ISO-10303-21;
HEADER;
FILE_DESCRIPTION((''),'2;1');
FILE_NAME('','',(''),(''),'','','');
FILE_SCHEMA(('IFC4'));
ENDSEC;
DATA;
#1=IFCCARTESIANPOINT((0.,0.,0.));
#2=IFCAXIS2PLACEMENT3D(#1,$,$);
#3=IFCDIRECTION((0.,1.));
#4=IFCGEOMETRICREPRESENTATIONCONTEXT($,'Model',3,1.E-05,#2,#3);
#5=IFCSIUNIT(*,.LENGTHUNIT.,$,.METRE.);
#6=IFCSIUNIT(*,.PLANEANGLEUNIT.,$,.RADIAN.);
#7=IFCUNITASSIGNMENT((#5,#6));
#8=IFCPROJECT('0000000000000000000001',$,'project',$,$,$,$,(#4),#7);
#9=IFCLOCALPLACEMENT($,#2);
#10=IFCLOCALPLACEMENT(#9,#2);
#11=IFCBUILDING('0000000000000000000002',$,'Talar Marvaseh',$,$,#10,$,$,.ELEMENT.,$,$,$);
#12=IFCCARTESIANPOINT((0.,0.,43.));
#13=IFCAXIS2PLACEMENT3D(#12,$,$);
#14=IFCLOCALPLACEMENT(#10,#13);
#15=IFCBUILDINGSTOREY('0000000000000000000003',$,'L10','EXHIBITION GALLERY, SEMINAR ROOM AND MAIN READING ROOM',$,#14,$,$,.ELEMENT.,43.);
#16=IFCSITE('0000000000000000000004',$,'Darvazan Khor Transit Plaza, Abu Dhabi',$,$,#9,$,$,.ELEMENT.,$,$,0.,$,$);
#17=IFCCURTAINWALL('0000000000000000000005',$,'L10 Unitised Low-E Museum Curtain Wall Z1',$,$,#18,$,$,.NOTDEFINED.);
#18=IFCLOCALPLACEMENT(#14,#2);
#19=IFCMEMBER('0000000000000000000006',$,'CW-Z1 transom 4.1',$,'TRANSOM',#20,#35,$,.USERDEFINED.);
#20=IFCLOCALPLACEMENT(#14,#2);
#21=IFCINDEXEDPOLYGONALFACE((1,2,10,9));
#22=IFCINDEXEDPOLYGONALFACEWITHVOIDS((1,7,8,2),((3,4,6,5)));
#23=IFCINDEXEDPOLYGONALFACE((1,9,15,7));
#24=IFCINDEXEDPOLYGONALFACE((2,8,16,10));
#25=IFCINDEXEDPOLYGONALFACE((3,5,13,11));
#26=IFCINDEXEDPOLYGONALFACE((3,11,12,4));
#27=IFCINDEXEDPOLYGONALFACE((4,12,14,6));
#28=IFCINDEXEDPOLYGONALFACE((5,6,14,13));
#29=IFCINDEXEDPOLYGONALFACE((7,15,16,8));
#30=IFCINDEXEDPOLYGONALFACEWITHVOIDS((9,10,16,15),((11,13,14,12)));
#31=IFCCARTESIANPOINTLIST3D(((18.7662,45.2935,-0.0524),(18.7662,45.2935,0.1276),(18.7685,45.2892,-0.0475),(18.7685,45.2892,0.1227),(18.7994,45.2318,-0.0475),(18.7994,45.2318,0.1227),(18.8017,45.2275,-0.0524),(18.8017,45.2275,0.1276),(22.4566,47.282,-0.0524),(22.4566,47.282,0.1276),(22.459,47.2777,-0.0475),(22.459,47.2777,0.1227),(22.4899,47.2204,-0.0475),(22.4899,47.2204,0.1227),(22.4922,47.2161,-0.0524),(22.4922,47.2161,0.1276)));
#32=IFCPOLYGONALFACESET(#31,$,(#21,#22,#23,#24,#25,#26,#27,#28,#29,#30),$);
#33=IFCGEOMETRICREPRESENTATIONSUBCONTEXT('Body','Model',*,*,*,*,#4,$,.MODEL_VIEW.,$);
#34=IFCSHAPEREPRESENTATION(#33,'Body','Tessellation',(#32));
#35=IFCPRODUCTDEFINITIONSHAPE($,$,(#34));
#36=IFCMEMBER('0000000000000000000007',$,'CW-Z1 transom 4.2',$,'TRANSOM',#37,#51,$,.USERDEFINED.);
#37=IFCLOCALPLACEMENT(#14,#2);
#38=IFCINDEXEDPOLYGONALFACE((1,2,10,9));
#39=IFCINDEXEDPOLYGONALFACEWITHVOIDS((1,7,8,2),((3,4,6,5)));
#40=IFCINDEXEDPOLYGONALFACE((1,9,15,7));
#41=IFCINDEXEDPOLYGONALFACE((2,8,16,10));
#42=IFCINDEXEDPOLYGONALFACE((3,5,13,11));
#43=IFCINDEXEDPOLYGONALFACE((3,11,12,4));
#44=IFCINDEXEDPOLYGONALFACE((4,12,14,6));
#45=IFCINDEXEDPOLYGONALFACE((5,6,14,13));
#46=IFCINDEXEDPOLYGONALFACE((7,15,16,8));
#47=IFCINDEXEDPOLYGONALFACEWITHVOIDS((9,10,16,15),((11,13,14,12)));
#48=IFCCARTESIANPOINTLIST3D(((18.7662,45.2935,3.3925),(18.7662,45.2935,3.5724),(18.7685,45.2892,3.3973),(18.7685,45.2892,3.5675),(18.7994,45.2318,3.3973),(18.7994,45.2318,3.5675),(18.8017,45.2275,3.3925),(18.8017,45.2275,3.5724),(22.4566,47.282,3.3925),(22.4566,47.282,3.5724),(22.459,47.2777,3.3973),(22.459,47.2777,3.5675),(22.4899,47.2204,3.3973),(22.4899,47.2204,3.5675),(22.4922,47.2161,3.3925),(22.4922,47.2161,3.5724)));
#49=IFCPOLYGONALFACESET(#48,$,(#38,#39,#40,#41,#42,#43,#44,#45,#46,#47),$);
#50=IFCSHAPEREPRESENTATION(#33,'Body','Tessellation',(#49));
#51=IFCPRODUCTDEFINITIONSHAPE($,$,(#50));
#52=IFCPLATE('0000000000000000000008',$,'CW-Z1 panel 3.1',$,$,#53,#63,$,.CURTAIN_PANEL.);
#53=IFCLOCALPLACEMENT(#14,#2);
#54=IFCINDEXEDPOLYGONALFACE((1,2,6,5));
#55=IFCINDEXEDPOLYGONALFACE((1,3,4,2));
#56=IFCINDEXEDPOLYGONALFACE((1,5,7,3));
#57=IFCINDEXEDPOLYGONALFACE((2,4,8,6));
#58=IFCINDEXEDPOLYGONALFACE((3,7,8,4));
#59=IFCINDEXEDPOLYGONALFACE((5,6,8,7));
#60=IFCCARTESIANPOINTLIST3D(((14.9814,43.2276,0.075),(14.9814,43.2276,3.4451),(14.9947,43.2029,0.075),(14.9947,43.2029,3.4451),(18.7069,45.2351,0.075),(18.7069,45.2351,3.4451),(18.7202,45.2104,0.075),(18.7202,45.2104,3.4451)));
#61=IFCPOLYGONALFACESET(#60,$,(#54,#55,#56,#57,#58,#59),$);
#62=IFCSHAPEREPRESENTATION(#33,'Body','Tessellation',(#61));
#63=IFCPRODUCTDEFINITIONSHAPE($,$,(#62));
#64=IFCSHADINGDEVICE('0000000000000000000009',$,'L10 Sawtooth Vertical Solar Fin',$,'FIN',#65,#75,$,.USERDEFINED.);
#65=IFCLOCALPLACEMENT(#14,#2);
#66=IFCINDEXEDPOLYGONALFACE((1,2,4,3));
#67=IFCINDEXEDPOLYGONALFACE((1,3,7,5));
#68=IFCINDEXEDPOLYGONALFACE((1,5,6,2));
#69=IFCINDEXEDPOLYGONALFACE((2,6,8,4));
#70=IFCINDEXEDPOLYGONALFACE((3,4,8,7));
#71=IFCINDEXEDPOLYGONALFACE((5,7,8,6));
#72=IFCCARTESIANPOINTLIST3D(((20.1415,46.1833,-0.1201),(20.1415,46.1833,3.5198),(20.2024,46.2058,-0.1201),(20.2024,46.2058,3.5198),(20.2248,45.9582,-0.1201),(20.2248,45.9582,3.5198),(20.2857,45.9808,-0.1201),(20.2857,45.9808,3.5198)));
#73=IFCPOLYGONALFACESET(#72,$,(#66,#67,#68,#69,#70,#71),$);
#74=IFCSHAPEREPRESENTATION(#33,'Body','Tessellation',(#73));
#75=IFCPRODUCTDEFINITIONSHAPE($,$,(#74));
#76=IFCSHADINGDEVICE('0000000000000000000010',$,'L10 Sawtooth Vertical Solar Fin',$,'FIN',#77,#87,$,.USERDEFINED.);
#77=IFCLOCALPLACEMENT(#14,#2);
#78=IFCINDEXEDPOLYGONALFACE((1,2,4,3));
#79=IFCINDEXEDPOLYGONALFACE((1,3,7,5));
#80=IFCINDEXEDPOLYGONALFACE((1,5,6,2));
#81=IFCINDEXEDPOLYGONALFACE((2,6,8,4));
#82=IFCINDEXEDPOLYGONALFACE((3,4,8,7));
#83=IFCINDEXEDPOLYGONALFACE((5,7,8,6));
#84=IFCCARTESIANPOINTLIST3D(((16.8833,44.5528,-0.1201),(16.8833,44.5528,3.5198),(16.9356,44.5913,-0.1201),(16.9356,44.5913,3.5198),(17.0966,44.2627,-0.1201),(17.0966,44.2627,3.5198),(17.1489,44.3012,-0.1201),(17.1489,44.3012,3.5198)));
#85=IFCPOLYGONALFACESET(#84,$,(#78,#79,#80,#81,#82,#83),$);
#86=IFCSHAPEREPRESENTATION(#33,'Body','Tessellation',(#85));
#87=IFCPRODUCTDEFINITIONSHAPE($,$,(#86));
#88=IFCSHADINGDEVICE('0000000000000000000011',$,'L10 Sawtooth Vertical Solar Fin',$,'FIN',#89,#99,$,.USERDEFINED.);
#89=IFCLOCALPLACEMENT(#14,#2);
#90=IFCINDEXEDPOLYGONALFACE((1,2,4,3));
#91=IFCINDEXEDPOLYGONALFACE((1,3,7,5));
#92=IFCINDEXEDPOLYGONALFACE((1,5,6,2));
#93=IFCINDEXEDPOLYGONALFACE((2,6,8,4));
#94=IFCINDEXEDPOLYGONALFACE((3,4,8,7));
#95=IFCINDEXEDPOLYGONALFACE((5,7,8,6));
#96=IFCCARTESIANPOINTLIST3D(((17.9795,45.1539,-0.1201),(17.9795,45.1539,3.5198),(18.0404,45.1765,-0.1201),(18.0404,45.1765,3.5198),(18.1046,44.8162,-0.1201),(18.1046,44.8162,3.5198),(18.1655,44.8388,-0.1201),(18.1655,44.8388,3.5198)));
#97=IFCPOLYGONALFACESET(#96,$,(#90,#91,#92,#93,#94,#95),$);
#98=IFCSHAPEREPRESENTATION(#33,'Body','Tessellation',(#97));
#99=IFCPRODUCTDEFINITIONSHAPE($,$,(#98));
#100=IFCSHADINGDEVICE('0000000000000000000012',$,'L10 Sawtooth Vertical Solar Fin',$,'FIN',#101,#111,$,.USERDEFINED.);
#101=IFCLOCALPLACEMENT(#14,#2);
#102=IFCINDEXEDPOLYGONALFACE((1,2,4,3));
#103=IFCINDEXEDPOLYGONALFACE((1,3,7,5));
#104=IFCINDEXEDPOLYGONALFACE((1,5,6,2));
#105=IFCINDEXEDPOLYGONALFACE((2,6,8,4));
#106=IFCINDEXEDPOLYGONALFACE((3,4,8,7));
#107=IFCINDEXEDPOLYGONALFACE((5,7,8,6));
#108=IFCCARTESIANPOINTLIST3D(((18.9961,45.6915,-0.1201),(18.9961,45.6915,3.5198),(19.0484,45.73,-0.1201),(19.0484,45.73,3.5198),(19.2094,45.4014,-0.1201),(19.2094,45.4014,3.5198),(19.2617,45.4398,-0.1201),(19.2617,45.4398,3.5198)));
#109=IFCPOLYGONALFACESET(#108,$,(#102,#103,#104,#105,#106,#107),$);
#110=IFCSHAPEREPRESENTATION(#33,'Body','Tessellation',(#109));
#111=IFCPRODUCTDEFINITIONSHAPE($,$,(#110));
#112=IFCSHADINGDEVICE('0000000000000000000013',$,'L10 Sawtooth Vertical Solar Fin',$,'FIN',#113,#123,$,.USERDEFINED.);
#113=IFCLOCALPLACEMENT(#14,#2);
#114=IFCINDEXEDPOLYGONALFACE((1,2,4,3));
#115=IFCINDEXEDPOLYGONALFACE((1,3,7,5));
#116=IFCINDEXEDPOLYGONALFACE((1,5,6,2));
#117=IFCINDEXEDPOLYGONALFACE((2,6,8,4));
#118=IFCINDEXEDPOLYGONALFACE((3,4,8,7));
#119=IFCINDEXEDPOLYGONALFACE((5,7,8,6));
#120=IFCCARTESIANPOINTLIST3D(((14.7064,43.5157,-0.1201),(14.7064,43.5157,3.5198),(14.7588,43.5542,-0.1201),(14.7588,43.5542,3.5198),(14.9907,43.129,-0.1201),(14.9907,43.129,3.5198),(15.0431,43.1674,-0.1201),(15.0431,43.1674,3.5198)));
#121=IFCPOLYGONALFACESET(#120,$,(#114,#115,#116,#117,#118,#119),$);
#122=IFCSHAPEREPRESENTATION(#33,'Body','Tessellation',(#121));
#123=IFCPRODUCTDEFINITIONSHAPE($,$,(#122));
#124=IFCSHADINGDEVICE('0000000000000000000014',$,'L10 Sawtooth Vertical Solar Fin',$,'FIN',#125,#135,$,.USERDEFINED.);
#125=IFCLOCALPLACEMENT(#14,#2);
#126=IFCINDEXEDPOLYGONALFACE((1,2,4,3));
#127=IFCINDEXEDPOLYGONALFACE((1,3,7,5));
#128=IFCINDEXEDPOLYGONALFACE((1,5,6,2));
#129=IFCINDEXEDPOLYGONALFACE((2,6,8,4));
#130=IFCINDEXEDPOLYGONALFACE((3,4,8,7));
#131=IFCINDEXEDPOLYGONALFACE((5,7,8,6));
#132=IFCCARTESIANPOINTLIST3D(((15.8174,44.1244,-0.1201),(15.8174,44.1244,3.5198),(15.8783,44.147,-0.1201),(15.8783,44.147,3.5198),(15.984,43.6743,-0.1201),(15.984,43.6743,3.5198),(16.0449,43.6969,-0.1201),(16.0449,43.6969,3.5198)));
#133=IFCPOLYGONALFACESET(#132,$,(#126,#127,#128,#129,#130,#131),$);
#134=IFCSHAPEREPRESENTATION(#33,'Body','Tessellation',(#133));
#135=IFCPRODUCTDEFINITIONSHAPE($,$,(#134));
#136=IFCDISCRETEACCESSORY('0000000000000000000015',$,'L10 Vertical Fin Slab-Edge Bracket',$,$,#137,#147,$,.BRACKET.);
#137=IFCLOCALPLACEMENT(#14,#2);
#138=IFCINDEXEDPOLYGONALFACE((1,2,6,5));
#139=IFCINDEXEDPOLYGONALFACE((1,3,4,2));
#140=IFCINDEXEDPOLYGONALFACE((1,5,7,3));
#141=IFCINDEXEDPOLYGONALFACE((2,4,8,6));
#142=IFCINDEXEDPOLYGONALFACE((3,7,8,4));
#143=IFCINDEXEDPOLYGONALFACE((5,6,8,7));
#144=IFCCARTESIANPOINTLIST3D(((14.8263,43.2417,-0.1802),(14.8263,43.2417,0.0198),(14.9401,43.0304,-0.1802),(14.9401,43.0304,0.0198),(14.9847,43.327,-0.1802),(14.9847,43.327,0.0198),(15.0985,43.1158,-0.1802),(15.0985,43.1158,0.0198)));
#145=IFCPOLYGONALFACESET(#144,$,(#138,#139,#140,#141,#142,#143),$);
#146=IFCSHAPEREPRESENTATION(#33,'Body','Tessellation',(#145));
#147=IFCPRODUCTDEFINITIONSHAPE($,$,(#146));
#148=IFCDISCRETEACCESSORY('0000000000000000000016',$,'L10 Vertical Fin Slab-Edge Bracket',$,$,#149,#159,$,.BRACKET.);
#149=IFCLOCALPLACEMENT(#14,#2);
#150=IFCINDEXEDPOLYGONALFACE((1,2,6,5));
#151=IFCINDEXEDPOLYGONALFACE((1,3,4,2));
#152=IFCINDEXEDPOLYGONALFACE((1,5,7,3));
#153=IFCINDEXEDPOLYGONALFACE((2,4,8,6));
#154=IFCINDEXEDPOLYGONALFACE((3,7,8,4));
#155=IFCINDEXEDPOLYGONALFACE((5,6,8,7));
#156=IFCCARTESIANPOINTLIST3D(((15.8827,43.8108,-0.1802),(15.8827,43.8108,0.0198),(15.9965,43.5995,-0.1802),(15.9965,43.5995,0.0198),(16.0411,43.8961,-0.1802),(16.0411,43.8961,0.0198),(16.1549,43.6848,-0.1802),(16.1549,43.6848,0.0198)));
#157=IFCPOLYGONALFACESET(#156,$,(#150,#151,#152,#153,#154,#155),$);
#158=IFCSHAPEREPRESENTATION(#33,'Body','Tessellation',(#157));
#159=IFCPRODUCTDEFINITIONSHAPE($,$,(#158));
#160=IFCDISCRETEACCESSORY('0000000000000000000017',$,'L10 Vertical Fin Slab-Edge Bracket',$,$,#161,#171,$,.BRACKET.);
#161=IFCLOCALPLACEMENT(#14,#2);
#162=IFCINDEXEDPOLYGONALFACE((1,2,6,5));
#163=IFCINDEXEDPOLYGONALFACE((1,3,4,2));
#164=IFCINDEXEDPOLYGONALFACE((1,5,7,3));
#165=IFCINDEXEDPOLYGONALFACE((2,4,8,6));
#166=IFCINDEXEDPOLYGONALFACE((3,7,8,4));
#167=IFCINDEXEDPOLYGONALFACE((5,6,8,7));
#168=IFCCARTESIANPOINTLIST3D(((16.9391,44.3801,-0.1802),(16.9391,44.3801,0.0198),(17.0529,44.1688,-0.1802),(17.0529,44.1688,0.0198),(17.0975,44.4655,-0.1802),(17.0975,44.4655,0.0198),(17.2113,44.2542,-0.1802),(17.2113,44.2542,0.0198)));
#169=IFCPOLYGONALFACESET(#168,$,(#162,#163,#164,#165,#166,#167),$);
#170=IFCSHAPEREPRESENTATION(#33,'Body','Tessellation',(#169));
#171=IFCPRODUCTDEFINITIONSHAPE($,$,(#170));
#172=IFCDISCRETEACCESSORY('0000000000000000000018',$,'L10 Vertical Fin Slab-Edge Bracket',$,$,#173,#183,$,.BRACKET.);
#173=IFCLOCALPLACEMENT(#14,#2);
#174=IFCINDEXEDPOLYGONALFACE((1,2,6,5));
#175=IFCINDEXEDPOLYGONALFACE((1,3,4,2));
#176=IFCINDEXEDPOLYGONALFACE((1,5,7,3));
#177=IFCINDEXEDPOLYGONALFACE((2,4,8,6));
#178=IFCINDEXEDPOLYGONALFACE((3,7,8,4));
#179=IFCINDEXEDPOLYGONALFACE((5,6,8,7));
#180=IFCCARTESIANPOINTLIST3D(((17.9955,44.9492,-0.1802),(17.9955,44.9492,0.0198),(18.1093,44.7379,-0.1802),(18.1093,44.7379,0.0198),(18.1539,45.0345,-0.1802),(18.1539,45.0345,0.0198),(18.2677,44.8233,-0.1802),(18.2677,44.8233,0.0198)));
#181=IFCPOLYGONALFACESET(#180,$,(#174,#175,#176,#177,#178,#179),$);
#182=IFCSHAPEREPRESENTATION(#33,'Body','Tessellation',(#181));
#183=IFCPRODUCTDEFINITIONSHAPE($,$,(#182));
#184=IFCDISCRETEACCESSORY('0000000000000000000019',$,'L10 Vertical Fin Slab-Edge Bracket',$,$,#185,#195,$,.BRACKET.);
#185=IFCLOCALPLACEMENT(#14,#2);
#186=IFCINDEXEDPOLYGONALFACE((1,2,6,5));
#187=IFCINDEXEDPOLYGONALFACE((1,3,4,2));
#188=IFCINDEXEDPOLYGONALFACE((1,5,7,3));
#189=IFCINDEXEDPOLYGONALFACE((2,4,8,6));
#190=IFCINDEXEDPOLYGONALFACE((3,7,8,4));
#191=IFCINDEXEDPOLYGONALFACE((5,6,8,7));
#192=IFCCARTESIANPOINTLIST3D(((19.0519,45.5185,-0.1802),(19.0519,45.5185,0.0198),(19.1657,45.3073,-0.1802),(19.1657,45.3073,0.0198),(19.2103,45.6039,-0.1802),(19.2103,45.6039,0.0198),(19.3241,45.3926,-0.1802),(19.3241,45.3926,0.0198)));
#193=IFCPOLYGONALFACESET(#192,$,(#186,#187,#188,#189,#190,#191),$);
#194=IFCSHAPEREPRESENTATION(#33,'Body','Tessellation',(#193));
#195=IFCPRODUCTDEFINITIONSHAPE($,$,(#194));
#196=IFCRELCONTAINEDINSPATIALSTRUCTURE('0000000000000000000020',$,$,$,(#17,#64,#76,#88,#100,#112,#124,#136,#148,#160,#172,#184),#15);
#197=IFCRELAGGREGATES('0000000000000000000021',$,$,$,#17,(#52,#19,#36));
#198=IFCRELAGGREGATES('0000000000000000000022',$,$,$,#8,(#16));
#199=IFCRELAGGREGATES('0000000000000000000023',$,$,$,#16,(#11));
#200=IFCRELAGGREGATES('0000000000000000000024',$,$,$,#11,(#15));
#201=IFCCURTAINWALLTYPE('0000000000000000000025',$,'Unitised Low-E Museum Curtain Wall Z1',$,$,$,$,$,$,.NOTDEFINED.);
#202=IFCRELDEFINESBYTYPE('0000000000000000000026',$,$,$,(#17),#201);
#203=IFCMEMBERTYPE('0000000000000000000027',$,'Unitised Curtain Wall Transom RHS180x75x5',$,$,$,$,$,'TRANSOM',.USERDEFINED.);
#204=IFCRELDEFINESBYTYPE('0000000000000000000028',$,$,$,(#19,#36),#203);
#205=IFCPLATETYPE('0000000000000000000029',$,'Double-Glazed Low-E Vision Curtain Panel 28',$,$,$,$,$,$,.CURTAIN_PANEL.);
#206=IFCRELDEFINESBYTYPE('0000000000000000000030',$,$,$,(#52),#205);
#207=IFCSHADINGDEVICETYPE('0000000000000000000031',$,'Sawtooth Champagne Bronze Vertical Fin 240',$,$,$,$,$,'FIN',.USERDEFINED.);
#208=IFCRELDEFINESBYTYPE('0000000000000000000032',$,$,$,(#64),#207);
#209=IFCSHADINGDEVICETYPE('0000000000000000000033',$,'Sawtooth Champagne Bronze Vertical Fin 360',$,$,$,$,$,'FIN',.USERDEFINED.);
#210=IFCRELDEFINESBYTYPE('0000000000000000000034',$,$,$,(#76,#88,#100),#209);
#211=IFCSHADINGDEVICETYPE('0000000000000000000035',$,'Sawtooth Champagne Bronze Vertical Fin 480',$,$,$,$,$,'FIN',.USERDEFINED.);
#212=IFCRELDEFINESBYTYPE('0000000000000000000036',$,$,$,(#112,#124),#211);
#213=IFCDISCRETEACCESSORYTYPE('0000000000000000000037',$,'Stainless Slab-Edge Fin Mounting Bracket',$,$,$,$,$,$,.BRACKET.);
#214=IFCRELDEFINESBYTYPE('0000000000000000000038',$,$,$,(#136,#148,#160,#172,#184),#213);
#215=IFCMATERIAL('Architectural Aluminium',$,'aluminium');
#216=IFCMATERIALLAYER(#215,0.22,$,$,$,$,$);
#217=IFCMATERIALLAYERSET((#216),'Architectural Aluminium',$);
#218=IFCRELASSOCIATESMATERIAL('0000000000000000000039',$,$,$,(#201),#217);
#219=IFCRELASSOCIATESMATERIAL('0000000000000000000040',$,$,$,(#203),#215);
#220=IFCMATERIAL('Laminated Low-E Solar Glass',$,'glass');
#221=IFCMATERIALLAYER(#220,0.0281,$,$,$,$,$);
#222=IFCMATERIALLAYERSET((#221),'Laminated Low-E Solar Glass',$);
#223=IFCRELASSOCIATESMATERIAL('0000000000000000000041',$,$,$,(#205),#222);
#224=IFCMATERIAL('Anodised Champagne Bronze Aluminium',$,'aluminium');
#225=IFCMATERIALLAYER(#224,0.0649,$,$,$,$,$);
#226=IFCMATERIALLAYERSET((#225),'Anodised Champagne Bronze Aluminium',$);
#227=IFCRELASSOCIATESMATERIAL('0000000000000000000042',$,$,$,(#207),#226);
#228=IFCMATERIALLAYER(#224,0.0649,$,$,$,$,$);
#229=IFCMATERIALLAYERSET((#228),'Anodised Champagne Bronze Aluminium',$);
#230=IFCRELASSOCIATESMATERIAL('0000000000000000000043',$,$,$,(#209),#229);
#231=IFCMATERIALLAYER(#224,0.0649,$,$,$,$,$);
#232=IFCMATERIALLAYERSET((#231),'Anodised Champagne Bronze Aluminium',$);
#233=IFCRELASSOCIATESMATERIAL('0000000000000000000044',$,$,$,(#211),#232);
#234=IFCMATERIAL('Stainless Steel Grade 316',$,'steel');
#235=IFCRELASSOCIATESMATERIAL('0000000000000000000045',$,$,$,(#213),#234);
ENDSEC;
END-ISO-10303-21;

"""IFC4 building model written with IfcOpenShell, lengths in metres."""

from ifc_helpers import new_model, si_unit, direction, frame, origin, origin_2d, place, context, subcontext, project, spatial, rectangle, hollow_rectangle, extrude, source, transform, mapped, material, layer, layer_set, material_profile, profile_set, type_object, type_shapes, element, aggregate, save


model = new_model("IFC4")

# Units and contexts
model_context = context("Model", 3, precision=1e-05, world=origin(), true_north=direction((0.0, 1.0)))
body_context = subcontext(model_context, "Body", "Model", "MODEL_VIEW")
ifc_project = project(units=[si_unit("LENGTHUNIT", "METRE"), si_unit("PLANEANGLEUNIT", "RADIAN")], contexts=[model_context])

# Site, building, storey
site_placement = place(None, origin())
site = spatial("IfcSite", under=ifc_project, at=site_placement, Name="Darvazan Khor Transit Plaza, Abu Dhabi", CompositionType="ELEMENT", RefElevation=0.0)
building_placement = place(site_placement, origin())
building = spatial("IfcBuilding", under=site, at=building_placement, Name="Talar Marvaseh", CompositionType="ELEMENT")
storey_placement = place(building_placement, frame((0.0, 0.0, 43.0)))
storey = spatial("IfcBuildingStorey", under=building, at=storey_placement, Name="L10", Description="EXHIBITION GALLERY, SEMINAR ROOM AND MAIN READING ROOM", CompositionType="ELEMENT", Elevation=43.0)

# Curtain wall, members, plate
ifc_material_1 = material(Name="Architectural Aluminium", Category="aluminium")
ifc_layer_1 = layer(ifc_material_1, 0.22)
ifc_layer_set_1 = layer_set([ifc_layer_1], Name="Architectural Aluminium")
curtain_wall_type = type_object("IfcCurtainWallType", Name="Unitised Low-E Museum Curtain Wall Z1", PredefinedType="NOTDEFINED", material=ifc_layer_set_1)
curtain_wall_placement = place(storey_placement, origin())
curtain_wall = element("IfcCurtainWall", 1, at=curtain_wall_placement, inside=storey, type_object=curtain_wall_type, Name="L10 Unitised Low-E Museum Curtain Wall Z1", PredefinedType="NOTDEFINED")
ifc_material_profile_1 = material_profile(ifc_material_1, hollow_rectangle(XDim=0.075, YDim=0.1799, WallThickness=0.0049, at=origin_2d()), Name="RHS180x75x5")
ifc_profile_set_1 = profile_set([ifc_material_profile_1], Name="Architectural Aluminium")
member_type_1 = type_object("IfcMemberType", Name="Unitised Curtain Wall Transom RHS180x75x5", ElementType="TRANSOM", PredefinedType="USERDEFINED", material=ifc_profile_set_1)
shared_shape_1 = source(origin(), body_context, "Body", "SweptSolid", [
    extrude(hollow_rectangle(XDim=0.075, YDim=0.1799, WallThickness=0.0049, at=origin_2d()), origin(), (0.0, 0.0, 1.0), 4.1921),
])
member_1_placement = place(storey_placement, frame((18.7839, 45.2605, 0.0376), z_axis=(0.880335, 0.474353, 0.0), x_axis=(-0.474353, 0.880335, 0.0)))
member_1 = element("IfcMember", 2, at=member_1_placement, type_object=member_type_1, Name="CW-Z1 transom 4.1", ObjectType="TRANSOM", PredefinedType="USERDEFINED", context=body_context, shape_type="MappedRepresentation", body=[
    mapped(shared_shape_1, transform((0.0, 0.0, 0.0), x_axis=(1.0, 0.0, 0.0), y_axis=(0.0, 1.0, 0.0), z_axis=(0.0, 0.0, 1.0), scale=1.0)),
])
member_2_placement = place(storey_placement, frame((18.7839, 45.2605, 3.4824), z_axis=(0.880335, 0.474353, 0.0), x_axis=(-0.474353, 0.880335, 0.0)))
member_2 = element("IfcMember", 3, at=member_2_placement, type_object=member_type_1, Name="CW-Z1 transom 4.2", ObjectType="TRANSOM", PredefinedType="USERDEFINED", context=body_context, shape_type="MappedRepresentation", body=[
    mapped(shared_shape_1, transform((0.0, 0.0, 0.0), x_axis=(1.0, 0.0, 0.0), y_axis=(0.0, 1.0, 0.0), z_axis=(0.0, 0.0, 1.0), scale=1.0)),
])
ifc_material_2 = material(Name="Laminated Low-E Solar Glass", Category="glass")
ifc_layer_2 = layer(ifc_material_2, 0.0281)
ifc_layer_set_2 = layer_set([ifc_layer_2], Name="Laminated Low-E Solar Glass")
plate_type = type_object("IfcPlateType", Name="Double-Glazed Low-E Vision Curtain Panel 28", PredefinedType="CURTAIN_PANEL", material=ifc_layer_set_2)
shared_shape_2 = source(origin(), body_context, "Body", "SweptSolid", [
    extrude(rectangle(XDim=4.2319, YDim=0.0281, at=origin_2d()), origin(), (0.0, 0.0, 1.0), 3.3701),
])
type_shapes(plate_type, [shared_shape_2])
plate_placement = place(storey_placement, frame((16.8508, 44.219, 0.075), z_axis=(0.0, 0.0, 1.0), x_axis=(0.880329, 0.474364, 0.0)))
plate = element("IfcPlate", 4, at=plate_placement, type_object=plate_type, Name="CW-Z1 panel 3.1", PredefinedType="CURTAIN_PANEL", context=body_context, shape_type="MappedRepresentation", body=[
    mapped(shared_shape_2, transform((0.0, 0.0, 0.0), x_axis=(1.0, 0.0, 0.0), y_axis=(0.0, 1.0, 0.0), z_axis=(0.0, 0.0, 1.0), scale=1.0)),
])
aggregate(curtain_wall, [plate, member_1, member_2])

# Shading devices
ifc_material_3 = material(Name="Anodised Champagne Bronze Aluminium", Category="aluminium")
ifc_layer_3 = layer(ifc_material_3, 0.0649)
ifc_layer_set_3 = layer_set([ifc_layer_3], Name="Anodised Champagne Bronze Aluminium")
shading_device_type_1 = type_object("IfcShadingDeviceType", Name="Sawtooth Champagne Bronze Vertical Fin 240", ElementType="FIN", PredefinedType="USERDEFINED", material=ifc_layer_set_3)
shared_shape_3 = source(origin(), body_context, "Body", "SweptSolid", [
    extrude(rectangle(XDim=0.24, YDim=0.0649, at=origin_2d()), origin(), (0.0, 0.0, 1.0), 3.6399),
])
type_shapes(shading_device_type_1, [shared_shape_3])
shading_device_placement = place(storey_placement, frame((20.2136, 46.082, -0.1201), z_axis=(0.0, 0.0, 1.0), x_axis=(-0.347263, 0.937768, 0.0)))
element("IfcShadingDevice", 5, at=shading_device_placement, inside=storey, type_object=shading_device_type_1, Name="L10 Sawtooth Vertical Solar Fin", ObjectType="FIN", PredefinedType="USERDEFINED", context=body_context, shape_type="MappedRepresentation", body=[
    mapped(shared_shape_3, transform((0.0, 0.0, 0.0), x_axis=(1.0, 0.0, 0.0), y_axis=(0.0, 1.0, 0.0), z_axis=(0.0, 0.0, 1.0), scale=1.0)),
])
ifc_layer_4 = layer(ifc_material_3, 0.0649)
ifc_layer_set_4 = layer_set([ifc_layer_4], Name="Anodised Champagne Bronze Aluminium")
shading_device_type_2 = type_object("IfcShadingDeviceType", Name="Sawtooth Champagne Bronze Vertical Fin 360", ElementType="FIN", PredefinedType="USERDEFINED", material=ifc_layer_set_4)
shared_shape_4 = source(origin(), body_context, "Body", "SweptSolid", [
    extrude(rectangle(XDim=0.3601, YDim=0.0649, at=origin_2d()), origin(), (0.0, 0.0, 1.0), 3.6399),
])
type_shapes(shading_device_type_2, [shared_shape_4])
for number, where, z_axis, x_axis, name in (
    (6, (17.0161, 44.427, -0.1201), (0.0, 0.0, 1.0), (-0.592294, 0.805722, 0.0), "L10 Sawtooth Vertical Solar Fin"),
    (7, (18.0725, 44.9963, -0.1201), (0.0, 0.0, 1.0), (-0.347263, 0.937768, 0.0), "L10 Sawtooth Vertical Solar Fin"),
    (8, (19.1289, 45.5657, -0.1201), (0.0, 0.0, 1.0), (-0.592294, 0.805722, 0.0), "L10 Sawtooth Vertical Solar Fin"),
):
    element("IfcShadingDevice", number, at=place(storey_placement, frame(where, z_axis=z_axis, x_axis=x_axis)), inside=storey, type_object=shading_device_type_2, Name=name, ObjectType="FIN", PredefinedType="USERDEFINED", context=body_context, shape_type="MappedRepresentation", body=[
        mapped(shared_shape_4, transform((0.0, 0.0, 0.0), x_axis=(1.0, 0.0, 0.0), y_axis=(0.0, 1.0, 0.0), z_axis=(0.0, 0.0, 1.0), scale=1.0)),
    ])
ifc_layer_5 = layer(ifc_material_3, 0.0649)
ifc_layer_set_5 = layer_set([ifc_layer_5], Name="Anodised Champagne Bronze Aluminium")
shading_device_type_3 = type_object("IfcShadingDeviceType", Name="Sawtooth Champagne Bronze Vertical Fin 480", ElementType="FIN", PredefinedType="USERDEFINED", material=ifc_layer_set_5)
shared_shape_5 = source(origin(), body_context, "Body", "SweptSolid", [
    extrude(rectangle(XDim=0.48, YDim=0.0649, at=origin_2d()), origin(), (0.0, 0.0, 1.0), 3.6399),
])
type_shapes(shading_device_type_3, [shared_shape_5])
for number, where, z_axis, x_axis, name in (
    (9, (14.8748, 43.3416, -0.1201), (0.0, 0.0, 1.0), (-0.592294, 0.805722, 0.0), "L10 Sawtooth Vertical Solar Fin"),
    (10, (15.9312, 43.9106, -0.1201), (0.0, 0.0, 1.0), (-0.347263, 0.937768, 0.0), "L10 Sawtooth Vertical Solar Fin"),
):
    element("IfcShadingDevice", number, at=place(storey_placement, frame(where, z_axis=z_axis, x_axis=x_axis)), inside=storey, type_object=shading_device_type_3, Name=name, ObjectType="FIN", PredefinedType="USERDEFINED", context=body_context, shape_type="MappedRepresentation", body=[
        mapped(shared_shape_5, transform((0.0, 0.0, 0.0), x_axis=(1.0, 0.0, 0.0), y_axis=(0.0, 1.0, 0.0), z_axis=(0.0, 0.0, 1.0), scale=1.0)),
    ])

# Discrete accessories
ifc_material_4 = material(Name="Stainless Steel Grade 316", Category="steel")
discrete_accessory_type = type_object("IfcDiscreteAccessoryType", Name="Stainless Slab-Edge Fin Mounting Bracket", PredefinedType="BRACKET", material=ifc_material_4)
shared_shape_6 = source(origin(), body_context, "Body", "SweptSolid", [
    extrude(rectangle(XDim=0.24, YDim=0.1799, at=origin_2d()), origin(), (0.0, 0.0, 1.0), 0.2),
])
type_shapes(discrete_accessory_type, [shared_shape_6])
for number, where, z_axis, x_axis, name in (
    (11, (14.9624, 43.1787, -0.1802), (0.0, 0.0, 1.0), (-0.474396, 0.880312, 0.0), "L10 Vertical Fin Slab-Edge Bracket"),
    (12, (16.0188, 43.7478, -0.1802), (0.0, 0.0, 1.0), (-0.474396, 0.880312, 0.0), "L10 Vertical Fin Slab-Edge Bracket"),
    (13, (17.0752, 44.3171, -0.1802), (0.0, 0.0, 1.0), (-0.474396, 0.880312, 0.0), "L10 Vertical Fin Slab-Edge Bracket"),
    (14, (18.1316, 44.8862, -0.1802), (0.0, 0.0, 1.0), (-0.474396, 0.880312, 0.0), "L10 Vertical Fin Slab-Edge Bracket"),
    (15, (19.188, 45.4556, -0.1802), (0.0, 0.0, 1.0), (-0.474396, 0.880312, 0.0), "L10 Vertical Fin Slab-Edge Bracket"),
):
    element("IfcDiscreteAccessory", number, at=place(storey_placement, frame(where, z_axis=z_axis, x_axis=x_axis)), inside=storey, type_object=discrete_accessory_type, Name=name, PredefinedType="BRACKET", context=body_context, shape_type="MappedRepresentation", body=[
        mapped(shared_shape_6, transform((0.0, 0.0, 0.0), x_axis=(1.0, 0.0, 0.0), y_axis=(0.0, 1.0, 0.0), z_axis=(0.0, 0.0, 1.0), scale=1.0)),
    ])

save(model, "model.ifc")
